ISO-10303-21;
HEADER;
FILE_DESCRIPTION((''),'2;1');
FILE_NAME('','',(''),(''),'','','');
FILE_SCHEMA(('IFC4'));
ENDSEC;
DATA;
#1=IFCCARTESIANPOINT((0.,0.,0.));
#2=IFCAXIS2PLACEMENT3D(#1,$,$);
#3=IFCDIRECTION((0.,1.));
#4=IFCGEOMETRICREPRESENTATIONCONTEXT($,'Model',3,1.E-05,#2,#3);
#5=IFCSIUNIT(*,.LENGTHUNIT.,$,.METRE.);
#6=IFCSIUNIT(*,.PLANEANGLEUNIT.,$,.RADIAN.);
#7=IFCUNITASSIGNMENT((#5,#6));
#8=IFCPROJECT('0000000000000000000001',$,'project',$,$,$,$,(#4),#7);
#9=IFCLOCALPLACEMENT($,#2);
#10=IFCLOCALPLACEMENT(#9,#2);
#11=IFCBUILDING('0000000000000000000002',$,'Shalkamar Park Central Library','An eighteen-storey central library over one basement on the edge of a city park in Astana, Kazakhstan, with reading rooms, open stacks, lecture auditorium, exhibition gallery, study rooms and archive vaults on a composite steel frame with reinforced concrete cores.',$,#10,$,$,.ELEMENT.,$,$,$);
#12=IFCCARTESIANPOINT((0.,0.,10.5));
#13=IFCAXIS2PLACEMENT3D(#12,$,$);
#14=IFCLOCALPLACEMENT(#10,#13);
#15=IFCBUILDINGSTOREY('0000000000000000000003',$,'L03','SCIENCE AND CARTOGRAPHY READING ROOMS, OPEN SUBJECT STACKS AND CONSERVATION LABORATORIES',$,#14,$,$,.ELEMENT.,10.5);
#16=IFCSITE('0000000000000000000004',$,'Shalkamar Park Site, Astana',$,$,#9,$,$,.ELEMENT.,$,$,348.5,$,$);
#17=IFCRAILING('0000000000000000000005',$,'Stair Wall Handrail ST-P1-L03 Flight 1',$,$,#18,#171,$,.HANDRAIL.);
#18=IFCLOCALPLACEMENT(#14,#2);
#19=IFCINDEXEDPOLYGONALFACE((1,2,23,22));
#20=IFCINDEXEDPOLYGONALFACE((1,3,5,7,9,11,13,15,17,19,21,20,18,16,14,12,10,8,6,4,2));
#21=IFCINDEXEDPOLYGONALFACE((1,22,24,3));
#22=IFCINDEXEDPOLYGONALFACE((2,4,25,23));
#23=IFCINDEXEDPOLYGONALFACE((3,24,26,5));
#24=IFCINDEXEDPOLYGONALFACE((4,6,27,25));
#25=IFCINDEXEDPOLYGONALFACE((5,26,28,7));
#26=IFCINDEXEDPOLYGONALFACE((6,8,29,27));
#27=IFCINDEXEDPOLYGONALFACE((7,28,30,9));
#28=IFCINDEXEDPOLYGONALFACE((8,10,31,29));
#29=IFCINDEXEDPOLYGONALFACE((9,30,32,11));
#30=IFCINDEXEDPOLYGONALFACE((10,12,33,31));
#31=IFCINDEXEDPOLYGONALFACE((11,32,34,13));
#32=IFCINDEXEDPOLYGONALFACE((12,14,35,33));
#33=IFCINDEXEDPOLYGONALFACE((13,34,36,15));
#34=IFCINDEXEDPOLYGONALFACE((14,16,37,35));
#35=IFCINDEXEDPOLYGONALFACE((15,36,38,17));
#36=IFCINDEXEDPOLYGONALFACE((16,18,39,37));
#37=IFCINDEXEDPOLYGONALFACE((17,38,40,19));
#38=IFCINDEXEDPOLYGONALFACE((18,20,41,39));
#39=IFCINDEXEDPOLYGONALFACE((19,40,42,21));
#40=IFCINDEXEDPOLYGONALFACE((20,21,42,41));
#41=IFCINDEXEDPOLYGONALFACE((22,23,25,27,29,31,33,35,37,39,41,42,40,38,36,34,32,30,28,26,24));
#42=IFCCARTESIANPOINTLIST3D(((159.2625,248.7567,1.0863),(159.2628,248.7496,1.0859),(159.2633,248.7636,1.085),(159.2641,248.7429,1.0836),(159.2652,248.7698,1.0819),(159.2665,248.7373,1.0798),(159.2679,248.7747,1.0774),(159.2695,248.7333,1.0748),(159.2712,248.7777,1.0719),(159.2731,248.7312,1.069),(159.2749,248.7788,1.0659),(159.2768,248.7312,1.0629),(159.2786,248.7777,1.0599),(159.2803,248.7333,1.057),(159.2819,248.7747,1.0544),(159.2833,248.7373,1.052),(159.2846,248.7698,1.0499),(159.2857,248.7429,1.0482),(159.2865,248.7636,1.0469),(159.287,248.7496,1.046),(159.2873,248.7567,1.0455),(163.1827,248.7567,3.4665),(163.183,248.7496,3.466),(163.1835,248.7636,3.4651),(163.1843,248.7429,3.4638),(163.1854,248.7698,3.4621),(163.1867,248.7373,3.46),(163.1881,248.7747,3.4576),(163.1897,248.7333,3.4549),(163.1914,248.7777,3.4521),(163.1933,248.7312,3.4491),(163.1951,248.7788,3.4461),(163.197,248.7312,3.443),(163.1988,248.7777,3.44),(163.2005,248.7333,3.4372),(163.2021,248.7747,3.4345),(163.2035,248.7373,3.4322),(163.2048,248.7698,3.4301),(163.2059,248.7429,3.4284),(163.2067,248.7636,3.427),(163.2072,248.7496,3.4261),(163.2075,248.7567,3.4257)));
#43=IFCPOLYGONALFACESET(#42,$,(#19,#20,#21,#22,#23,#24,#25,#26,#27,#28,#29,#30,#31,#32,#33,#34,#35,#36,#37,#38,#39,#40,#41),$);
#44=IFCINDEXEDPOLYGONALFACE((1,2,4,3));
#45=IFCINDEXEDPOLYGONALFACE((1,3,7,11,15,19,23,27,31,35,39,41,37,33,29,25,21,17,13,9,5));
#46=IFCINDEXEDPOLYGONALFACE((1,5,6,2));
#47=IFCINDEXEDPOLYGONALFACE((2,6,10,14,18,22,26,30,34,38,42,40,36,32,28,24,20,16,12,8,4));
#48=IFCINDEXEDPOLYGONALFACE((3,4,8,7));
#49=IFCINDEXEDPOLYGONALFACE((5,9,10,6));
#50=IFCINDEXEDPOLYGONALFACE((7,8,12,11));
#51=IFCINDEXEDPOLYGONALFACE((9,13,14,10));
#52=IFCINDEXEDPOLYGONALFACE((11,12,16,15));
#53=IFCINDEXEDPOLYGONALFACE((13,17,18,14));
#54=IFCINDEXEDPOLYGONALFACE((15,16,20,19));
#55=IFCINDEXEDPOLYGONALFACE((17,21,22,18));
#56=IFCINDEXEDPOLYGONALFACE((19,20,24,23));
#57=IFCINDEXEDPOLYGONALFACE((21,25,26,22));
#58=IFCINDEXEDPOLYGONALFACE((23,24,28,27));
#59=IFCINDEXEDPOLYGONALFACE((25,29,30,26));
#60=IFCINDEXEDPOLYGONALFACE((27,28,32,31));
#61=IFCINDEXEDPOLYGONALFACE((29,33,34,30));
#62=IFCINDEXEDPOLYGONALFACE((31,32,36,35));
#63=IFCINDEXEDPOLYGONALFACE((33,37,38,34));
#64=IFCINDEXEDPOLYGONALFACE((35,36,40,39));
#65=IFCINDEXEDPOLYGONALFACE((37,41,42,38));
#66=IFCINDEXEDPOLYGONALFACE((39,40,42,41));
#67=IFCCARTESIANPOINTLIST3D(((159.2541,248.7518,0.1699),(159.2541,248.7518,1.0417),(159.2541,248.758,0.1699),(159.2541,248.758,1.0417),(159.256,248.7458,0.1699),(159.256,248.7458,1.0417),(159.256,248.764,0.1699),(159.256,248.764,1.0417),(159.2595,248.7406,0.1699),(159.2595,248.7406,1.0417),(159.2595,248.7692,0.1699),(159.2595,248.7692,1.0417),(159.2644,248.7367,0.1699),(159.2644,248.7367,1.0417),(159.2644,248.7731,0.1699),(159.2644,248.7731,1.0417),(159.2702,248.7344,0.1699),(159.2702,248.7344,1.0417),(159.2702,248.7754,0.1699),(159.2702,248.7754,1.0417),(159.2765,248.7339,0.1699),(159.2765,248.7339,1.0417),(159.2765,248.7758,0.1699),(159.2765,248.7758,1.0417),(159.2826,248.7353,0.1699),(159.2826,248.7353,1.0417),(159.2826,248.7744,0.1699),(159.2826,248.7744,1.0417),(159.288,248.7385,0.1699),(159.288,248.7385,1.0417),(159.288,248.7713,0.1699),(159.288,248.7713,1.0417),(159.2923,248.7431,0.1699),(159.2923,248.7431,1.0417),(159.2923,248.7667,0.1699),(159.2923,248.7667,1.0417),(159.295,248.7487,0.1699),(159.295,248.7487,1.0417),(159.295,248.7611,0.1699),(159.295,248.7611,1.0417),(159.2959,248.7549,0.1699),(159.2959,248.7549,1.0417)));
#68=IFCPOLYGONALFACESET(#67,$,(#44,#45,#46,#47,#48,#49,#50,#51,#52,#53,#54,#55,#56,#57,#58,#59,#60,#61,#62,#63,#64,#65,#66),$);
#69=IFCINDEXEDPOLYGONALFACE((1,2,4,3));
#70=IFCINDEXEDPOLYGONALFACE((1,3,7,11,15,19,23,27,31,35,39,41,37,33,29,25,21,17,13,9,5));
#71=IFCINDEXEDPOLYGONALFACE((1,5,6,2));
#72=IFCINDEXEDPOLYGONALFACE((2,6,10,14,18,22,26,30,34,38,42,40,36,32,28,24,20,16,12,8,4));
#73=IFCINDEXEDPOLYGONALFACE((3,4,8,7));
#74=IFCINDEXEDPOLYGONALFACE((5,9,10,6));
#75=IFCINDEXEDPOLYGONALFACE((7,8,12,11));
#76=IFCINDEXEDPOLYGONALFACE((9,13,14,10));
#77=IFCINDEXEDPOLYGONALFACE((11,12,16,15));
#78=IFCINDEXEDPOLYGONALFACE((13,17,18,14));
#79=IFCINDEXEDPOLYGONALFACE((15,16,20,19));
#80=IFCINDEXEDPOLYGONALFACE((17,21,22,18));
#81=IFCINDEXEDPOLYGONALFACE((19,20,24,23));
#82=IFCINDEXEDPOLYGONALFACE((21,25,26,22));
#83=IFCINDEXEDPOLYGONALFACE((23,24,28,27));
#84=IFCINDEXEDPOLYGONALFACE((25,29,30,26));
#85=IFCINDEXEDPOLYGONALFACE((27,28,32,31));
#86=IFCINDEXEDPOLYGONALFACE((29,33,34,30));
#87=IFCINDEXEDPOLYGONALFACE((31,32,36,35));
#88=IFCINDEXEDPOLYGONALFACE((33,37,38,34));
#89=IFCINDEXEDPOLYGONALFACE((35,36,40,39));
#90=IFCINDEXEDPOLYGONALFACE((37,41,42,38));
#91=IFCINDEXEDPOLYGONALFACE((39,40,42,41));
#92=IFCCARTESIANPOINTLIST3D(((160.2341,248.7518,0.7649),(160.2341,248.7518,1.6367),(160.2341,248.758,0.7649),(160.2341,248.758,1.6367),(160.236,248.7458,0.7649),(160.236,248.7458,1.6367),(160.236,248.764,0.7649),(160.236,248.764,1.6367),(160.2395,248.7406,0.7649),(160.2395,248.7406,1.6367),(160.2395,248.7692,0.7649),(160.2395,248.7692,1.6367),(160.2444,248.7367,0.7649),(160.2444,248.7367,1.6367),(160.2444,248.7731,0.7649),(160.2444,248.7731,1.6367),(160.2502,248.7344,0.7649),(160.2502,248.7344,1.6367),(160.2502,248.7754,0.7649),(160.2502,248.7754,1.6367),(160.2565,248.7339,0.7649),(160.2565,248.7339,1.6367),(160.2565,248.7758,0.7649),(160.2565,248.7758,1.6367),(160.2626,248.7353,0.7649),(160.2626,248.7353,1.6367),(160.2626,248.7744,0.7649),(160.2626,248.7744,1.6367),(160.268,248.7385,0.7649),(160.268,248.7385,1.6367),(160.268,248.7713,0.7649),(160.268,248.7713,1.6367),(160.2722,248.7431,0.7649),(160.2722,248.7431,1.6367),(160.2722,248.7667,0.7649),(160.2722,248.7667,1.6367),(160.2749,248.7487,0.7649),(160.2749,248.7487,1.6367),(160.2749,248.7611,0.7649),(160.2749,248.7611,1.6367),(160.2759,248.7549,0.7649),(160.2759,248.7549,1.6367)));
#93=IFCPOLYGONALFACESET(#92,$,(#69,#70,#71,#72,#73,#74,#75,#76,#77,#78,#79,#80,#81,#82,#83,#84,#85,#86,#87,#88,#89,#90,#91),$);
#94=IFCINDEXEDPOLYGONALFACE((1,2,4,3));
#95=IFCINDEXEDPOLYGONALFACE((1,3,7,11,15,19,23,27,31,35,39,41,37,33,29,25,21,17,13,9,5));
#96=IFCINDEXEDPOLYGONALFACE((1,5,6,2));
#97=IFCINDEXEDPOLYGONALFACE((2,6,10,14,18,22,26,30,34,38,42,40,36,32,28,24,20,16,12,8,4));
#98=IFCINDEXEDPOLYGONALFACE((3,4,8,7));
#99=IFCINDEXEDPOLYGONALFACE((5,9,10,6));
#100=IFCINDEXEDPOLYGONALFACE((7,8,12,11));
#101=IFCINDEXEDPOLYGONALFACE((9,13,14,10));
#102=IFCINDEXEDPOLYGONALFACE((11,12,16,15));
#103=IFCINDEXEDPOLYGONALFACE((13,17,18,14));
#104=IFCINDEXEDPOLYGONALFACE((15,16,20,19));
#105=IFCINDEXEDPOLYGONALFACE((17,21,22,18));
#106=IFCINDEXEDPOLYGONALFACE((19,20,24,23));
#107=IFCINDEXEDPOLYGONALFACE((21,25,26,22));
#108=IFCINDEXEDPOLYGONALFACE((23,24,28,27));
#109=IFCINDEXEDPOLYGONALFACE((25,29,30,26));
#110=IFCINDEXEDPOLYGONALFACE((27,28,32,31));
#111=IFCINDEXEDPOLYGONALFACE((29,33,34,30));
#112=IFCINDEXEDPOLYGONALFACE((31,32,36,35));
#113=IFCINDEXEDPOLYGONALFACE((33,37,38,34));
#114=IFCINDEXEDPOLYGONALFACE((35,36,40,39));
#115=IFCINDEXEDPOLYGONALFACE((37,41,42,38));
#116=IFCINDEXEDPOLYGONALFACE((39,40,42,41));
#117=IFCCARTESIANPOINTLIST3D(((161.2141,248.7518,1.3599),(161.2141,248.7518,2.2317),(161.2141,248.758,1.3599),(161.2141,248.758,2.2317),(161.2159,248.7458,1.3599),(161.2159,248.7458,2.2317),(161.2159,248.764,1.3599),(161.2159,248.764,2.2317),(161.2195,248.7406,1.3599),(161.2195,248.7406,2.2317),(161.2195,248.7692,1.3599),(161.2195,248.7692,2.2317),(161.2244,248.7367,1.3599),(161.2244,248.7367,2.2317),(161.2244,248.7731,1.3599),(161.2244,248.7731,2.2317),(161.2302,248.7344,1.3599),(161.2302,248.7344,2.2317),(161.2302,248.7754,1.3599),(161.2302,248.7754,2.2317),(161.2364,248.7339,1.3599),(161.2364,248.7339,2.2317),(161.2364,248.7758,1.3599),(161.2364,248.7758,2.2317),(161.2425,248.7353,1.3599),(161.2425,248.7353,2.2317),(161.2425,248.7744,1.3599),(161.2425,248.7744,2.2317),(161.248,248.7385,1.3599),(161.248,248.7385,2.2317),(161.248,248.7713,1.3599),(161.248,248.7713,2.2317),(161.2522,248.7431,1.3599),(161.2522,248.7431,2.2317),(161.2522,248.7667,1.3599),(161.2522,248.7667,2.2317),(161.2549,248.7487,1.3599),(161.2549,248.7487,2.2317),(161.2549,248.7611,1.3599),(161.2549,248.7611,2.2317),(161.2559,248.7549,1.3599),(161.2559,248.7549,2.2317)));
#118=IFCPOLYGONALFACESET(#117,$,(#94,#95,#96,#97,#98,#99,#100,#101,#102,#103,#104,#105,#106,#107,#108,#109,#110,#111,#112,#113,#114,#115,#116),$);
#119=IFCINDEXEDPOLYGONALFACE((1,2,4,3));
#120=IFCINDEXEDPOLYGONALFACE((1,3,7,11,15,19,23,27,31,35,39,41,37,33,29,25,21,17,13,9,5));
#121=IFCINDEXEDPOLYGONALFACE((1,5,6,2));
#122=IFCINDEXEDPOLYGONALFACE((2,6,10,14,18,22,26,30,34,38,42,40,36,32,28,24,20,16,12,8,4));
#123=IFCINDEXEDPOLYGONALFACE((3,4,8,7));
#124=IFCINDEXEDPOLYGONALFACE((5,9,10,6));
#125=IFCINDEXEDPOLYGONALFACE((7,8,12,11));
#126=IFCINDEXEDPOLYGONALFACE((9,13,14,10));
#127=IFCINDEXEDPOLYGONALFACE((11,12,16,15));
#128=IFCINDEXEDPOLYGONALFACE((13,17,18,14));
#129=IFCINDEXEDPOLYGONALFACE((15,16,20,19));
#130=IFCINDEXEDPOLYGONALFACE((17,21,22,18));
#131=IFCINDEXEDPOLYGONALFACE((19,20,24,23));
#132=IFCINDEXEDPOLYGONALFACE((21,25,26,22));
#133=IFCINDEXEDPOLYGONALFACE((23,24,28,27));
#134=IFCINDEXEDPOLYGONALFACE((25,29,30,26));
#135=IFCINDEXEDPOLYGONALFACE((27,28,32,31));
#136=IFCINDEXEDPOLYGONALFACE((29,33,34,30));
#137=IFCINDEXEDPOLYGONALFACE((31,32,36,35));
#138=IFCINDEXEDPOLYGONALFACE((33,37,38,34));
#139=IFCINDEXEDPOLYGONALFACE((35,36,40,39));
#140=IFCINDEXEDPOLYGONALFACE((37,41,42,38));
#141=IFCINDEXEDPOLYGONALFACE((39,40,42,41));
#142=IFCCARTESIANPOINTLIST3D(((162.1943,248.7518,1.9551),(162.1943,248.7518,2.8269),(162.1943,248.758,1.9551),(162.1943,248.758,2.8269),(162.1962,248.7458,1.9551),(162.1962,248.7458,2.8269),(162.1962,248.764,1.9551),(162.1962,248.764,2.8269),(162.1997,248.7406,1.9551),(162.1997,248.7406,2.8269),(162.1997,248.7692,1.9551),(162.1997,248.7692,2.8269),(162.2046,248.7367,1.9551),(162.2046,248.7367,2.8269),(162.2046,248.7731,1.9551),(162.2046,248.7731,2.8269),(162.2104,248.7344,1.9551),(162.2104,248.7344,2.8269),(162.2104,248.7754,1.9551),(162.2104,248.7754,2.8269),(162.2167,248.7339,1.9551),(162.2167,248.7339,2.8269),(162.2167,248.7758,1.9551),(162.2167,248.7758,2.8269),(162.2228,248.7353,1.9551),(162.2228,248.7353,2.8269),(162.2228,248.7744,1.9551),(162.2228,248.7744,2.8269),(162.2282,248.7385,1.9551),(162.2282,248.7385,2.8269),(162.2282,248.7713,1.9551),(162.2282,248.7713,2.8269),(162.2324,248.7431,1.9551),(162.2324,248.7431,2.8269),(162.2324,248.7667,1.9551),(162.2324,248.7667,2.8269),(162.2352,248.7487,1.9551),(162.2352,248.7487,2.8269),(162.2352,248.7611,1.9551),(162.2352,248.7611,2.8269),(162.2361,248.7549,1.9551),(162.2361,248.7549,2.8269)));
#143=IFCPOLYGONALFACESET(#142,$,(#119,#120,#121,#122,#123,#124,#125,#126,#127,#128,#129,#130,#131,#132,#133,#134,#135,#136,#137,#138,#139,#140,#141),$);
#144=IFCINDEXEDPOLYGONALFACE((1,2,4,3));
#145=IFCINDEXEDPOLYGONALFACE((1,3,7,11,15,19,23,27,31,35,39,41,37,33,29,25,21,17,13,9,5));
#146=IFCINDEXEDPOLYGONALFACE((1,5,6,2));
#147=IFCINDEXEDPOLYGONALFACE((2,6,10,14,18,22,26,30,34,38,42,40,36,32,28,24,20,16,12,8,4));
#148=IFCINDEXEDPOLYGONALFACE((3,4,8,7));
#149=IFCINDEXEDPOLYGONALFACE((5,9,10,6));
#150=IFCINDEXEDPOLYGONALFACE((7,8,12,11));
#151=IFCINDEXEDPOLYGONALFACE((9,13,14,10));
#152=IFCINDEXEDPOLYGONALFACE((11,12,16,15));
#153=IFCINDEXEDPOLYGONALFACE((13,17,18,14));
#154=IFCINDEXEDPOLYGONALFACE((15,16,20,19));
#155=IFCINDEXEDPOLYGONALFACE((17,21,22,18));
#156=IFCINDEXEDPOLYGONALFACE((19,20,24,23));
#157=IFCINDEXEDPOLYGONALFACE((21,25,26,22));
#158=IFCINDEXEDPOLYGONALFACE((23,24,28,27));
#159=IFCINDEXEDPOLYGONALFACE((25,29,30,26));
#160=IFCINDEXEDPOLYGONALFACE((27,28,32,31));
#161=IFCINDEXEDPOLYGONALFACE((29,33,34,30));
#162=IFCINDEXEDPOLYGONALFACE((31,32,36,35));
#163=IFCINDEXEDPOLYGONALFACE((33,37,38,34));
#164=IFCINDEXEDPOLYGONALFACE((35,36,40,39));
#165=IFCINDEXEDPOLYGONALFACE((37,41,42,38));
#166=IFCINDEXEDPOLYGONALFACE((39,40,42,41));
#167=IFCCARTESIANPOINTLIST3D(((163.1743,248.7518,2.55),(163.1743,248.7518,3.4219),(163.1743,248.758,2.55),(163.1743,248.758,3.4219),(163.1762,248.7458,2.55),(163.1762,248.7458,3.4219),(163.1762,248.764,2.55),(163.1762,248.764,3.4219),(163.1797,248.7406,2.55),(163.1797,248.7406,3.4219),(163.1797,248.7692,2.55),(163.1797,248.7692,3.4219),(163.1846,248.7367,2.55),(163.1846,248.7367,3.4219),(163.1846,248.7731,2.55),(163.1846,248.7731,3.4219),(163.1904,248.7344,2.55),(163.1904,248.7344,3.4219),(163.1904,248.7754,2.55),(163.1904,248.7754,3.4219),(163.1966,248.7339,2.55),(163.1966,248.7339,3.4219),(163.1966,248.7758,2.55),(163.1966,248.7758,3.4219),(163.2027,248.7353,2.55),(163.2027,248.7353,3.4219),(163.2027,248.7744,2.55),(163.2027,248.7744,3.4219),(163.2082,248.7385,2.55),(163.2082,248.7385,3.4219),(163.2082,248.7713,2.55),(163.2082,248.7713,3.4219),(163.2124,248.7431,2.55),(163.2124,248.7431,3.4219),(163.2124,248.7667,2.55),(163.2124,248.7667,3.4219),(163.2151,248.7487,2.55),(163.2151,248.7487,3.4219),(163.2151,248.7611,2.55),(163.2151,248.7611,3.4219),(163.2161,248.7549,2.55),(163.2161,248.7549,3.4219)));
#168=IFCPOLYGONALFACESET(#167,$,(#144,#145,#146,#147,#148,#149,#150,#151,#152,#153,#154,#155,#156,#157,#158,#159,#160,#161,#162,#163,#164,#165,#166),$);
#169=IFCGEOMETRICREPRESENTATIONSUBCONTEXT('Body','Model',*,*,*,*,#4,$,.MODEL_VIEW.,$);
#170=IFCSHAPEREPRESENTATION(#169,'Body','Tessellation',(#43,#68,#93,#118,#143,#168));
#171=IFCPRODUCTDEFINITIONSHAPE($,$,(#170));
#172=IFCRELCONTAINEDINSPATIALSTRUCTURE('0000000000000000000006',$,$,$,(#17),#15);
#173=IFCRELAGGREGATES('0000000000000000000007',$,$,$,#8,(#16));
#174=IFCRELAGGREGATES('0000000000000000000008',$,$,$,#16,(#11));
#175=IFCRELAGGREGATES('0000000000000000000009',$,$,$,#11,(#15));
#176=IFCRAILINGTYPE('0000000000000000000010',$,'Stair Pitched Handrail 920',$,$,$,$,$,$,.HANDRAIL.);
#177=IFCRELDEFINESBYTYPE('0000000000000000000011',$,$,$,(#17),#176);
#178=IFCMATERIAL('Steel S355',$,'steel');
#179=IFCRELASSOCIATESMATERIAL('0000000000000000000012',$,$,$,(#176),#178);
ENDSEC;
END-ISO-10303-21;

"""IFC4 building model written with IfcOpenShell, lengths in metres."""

from ifc_helpers import new_model, si_unit, direction, frame, origin, origin_2d, place, context, subcontext, project, spatial, circle, extrude, material, type_object, element, save


model = new_model("IFC4")

# Units and contexts
model_context = context("Model", 3, precision=1e-05, world=origin(), true_north=direction((0.0, 1.0)))
body_context = subcontext(model_context, "Body", "Model", "MODEL_VIEW")
ifc_project = project(units=[si_unit("LENGTHUNIT", "METRE"), si_unit("PLANEANGLEUNIT", "RADIAN")], contexts=[model_context])

# Site, building, storey
site_placement = place(None, origin())
site = spatial("IfcSite", under=ifc_project, at=site_placement, Name="Shalkamar Park Site, Astana", CompositionType="ELEMENT", RefElevation=348.5)
building_placement = place(site_placement, origin())
building = spatial("IfcBuilding", under=site, at=building_placement, Name="Shalkamar Park Central Library", Description="An eighteen-storey central library over one basement on the edge of a city park in Astana, Kazakhstan, with reading rooms, open stacks, lecture auditorium, exhibition gallery, study rooms and archive vaults on a composite steel frame with reinforced concrete cores.", CompositionType="ELEMENT")
storey_placement = place(building_placement, frame((0.0, 0.0, 10.5)))
storey = spatial("IfcBuildingStorey", under=building, at=storey_placement, Name="L03", Description="SCIENCE AND CARTOGRAPHY READING ROOMS, OPEN SUBJECT STACKS AND CONSERVATION LABORATORIES", CompositionType="ELEMENT", Elevation=10.5)

# Shared definitions
ifc_material_1 = material(Name="Steel S355", Category="steel")

# Railing
railing_type_1 = type_object("IfcRailingType", Name="Stair Pitched Handrail 920", PredefinedType="HANDRAIL", material=ifc_material_1)
railing_1_placement = place(storey_placement, frame((159.2749, 248.7549, 0.1699)))
element("IfcRailing", 1, at=railing_1_placement, inside=storey, type_object=railing_type_1, Name="Stair Wall Handrail ST-P1-L03 Flight 1", PredefinedType="HANDRAIL", context=body_context, shape_type="SweptSolid", body=[
    extrude(circle(Radius=0.0239, at=origin_2d()), frame((0.0, 0.0, 0.896), z_axis=(0.854785, 0.0, 0.518982), x_axis=(0.0, 1.0, 0.0)), (0.0, 0.0, 1.0), 4.5862),
    extrude(circle(Radius=0.021, at=origin_2d()), origin(), (0.0, 0.0, 1.0), 0.8718),
    extrude(circle(Radius=0.021, at=origin_2d()), frame((0.98, 0.0, 0.595)), (0.0, 0.0, 1.0), 0.8718),
    extrude(circle(Radius=0.021, at=origin_2d()), frame((1.96, 0.0, 1.1899)), (0.0, 0.0, 1.0), 0.8718),
    extrude(circle(Radius=0.021, at=origin_2d()), frame((2.9402, 0.0, 1.7852)), (0.0, 0.0, 1.0), 0.8718),
    extrude(circle(Radius=0.021, at=origin_2d()), frame((3.9202, 0.0, 2.3801)), (0.0, 0.0, 1.0), 0.8718),
])

save(model, "model.ifc")
